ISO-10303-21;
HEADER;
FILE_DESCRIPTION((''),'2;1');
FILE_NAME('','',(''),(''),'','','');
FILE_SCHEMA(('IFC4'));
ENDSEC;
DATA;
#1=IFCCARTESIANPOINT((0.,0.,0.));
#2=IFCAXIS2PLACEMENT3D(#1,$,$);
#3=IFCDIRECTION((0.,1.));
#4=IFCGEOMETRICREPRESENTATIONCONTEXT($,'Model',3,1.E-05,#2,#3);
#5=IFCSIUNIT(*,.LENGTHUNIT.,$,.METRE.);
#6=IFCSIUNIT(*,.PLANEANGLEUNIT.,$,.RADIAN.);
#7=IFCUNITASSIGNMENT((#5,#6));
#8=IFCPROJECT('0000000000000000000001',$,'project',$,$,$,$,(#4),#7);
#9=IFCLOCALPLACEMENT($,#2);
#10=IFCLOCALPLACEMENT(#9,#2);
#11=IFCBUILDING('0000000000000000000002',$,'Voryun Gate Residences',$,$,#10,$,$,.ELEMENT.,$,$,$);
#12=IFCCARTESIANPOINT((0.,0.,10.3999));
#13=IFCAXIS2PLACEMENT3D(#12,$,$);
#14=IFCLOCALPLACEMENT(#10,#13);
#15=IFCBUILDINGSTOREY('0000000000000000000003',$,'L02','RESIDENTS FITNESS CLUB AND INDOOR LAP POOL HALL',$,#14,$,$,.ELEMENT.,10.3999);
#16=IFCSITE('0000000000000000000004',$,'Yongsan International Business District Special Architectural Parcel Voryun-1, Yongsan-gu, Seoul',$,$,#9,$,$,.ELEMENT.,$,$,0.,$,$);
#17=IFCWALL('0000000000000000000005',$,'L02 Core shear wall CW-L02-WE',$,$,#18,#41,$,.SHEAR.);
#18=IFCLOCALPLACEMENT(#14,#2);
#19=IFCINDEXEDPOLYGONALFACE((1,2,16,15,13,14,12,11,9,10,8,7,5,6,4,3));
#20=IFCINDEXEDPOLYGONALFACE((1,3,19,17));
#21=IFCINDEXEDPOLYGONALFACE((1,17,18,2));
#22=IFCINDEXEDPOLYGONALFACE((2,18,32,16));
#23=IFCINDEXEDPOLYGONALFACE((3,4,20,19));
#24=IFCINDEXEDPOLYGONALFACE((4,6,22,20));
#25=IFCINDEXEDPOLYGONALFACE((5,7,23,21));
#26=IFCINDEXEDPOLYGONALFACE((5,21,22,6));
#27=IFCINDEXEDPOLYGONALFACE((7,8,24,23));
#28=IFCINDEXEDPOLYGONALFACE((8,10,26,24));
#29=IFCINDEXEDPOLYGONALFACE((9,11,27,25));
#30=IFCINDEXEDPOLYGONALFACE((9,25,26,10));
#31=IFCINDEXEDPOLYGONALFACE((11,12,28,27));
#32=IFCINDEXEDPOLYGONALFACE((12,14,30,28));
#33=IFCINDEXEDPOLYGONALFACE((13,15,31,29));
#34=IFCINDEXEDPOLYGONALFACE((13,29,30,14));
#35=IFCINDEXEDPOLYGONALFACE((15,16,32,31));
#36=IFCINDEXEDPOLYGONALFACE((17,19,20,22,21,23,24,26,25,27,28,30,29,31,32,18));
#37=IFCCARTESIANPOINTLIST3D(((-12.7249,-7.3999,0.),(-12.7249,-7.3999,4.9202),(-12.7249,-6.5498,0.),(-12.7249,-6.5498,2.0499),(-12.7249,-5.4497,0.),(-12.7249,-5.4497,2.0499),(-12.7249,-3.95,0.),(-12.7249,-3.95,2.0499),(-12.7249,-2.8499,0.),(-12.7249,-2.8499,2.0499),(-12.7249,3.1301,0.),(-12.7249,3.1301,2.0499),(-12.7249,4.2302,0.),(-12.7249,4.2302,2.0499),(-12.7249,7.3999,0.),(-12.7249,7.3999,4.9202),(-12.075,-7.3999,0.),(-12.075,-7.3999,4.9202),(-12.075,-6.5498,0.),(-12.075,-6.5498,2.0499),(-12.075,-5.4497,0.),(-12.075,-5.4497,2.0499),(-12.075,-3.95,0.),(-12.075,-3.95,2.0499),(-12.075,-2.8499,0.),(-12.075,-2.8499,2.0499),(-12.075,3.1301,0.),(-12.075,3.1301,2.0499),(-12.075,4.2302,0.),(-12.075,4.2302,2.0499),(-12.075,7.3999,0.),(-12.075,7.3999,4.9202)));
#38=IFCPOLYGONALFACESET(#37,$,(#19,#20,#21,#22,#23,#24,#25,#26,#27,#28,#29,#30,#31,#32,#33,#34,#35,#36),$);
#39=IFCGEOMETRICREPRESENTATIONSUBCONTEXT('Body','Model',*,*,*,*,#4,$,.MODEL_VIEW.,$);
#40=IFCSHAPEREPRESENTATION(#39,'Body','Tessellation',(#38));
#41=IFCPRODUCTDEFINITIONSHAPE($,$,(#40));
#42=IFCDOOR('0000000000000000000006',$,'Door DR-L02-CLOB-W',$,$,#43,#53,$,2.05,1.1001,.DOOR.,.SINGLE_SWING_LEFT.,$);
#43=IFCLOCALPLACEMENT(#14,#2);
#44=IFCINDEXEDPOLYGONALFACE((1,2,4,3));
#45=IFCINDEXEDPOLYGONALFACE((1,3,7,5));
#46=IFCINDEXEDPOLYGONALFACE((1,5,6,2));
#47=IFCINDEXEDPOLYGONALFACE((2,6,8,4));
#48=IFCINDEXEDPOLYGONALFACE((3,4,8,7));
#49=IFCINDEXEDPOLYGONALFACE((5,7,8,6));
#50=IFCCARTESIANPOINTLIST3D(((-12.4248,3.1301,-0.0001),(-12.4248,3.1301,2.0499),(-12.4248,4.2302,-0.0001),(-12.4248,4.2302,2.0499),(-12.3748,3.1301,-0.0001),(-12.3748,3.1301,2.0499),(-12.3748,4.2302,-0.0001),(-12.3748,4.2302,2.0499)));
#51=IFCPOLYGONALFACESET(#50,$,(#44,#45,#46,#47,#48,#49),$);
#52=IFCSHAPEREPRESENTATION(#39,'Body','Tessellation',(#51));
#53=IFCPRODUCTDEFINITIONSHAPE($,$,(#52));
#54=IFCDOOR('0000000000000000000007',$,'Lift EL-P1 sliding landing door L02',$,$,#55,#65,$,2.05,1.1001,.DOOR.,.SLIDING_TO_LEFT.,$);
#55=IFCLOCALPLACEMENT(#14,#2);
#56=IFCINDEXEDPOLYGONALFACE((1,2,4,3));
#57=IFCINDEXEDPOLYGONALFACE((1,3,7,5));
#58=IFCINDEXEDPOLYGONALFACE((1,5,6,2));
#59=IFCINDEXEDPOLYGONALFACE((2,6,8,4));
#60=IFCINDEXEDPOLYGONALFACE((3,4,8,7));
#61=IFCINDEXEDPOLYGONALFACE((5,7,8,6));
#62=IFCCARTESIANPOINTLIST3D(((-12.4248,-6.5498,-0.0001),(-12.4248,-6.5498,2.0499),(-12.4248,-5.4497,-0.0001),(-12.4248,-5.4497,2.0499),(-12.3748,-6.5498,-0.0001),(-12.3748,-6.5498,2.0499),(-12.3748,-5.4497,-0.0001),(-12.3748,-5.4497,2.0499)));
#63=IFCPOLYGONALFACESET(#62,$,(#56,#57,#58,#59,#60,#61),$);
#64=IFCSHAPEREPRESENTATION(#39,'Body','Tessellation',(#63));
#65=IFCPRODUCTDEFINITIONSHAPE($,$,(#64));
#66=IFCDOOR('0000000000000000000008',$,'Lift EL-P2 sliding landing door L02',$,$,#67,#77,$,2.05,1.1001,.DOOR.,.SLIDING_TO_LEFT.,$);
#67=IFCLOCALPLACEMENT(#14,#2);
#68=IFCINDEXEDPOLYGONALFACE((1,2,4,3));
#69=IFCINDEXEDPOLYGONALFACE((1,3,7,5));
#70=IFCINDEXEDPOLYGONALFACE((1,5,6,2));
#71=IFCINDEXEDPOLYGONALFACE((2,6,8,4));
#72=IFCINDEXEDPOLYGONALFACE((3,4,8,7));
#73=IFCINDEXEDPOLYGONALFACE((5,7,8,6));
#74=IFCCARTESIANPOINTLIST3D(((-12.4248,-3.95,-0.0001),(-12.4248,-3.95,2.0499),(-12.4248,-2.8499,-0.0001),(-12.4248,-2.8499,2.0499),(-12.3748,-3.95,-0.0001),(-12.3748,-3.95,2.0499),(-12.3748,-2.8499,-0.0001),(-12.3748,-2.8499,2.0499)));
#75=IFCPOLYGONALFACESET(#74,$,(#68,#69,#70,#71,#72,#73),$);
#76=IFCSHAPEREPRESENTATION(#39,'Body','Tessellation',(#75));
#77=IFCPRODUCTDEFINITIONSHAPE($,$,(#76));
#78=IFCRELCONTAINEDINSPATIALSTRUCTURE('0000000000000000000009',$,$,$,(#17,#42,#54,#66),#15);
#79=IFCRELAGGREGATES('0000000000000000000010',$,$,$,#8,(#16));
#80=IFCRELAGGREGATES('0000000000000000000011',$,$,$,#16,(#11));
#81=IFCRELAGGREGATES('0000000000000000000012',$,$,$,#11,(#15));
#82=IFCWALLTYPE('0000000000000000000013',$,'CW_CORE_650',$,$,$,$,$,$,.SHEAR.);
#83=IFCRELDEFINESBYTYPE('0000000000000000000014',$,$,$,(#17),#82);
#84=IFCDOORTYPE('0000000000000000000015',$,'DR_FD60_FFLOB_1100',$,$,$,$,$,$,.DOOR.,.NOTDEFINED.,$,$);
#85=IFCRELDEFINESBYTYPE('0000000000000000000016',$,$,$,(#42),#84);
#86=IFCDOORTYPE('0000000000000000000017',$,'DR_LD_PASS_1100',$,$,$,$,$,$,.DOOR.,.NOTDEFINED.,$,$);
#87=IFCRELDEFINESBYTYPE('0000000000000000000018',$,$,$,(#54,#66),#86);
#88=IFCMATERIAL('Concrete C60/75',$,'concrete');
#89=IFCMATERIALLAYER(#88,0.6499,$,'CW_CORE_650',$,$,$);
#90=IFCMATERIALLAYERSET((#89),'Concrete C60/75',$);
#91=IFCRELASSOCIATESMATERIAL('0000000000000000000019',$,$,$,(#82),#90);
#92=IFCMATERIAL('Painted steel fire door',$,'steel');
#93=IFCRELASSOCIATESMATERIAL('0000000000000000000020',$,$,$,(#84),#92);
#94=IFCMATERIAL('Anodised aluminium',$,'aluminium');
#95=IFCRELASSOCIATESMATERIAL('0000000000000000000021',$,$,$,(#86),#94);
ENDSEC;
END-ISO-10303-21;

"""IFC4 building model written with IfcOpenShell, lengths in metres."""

from ifc_helpers import new_model, si_unit, direction, frame, frame_2d, origin, place, context, subcontext, project, spatial, rectangle, extrude, material, layer, layer_set, type_object, element, fill, save


model = new_model("IFC4")

# Units and contexts
model_context = context("Model", 3, precision=1e-05, world=origin(), true_north=direction((0.0, 1.0)))
body_context = subcontext(model_context, "Body", "Model", "MODEL_VIEW")
ifc_project = project(units=[si_unit("LENGTHUNIT", "METRE"), si_unit("PLANEANGLEUNIT", "RADIAN")], contexts=[model_context])

# Site, building, storey
site_placement = place(None, origin())
site = spatial("IfcSite", under=ifc_project, at=site_placement, Name="Yongsan International Business District Special Architectural Parcel Voryun-1, Yongsan-gu, Seoul", CompositionType="ELEMENT", RefElevation=0.0)
building_placement = place(site_placement, origin())
building = spatial("IfcBuilding", under=site, at=building_placement, Name="Voryun Gate Residences", CompositionType="ELEMENT")
storey_placement = place(building_placement, frame((0.0, 0.0, 10.3999)))
storey = spatial("IfcBuildingStorey", under=building, at=storey_placement, Name="L02", Description="RESIDENTS FITNESS CLUB AND INDOOR LAP POOL HALL", CompositionType="ELEMENT", Elevation=10.3999)

# Wall, openings, doors
ifc_material_1 = material(Name="Concrete C60/75", Category="concrete")
ifc_layer_1 = layer(ifc_material_1, 0.6499, Name="CW_CORE_650")
ifc_layer_set_1 = layer_set([ifc_layer_1], Name="Concrete C60/75")
wall_type = type_object("IfcWallType", Name="CW_CORE_650", PredefinedType="SHEAR", material=ifc_layer_set_1)
wall_placement = place(storey_placement, frame((-12.3999, -7.3999, 0.0), z_axis=(0.0, 0.0, 1.0), x_axis=(0.0, 1.0, 0.0)))
wall = element("IfcWall", 1, at=wall_placement, inside=storey, type_object=wall_type, Name="L02 Core shear wall CW-L02-WE", PredefinedType="SHEAR", context=body_context, shape_type="SweptSolid", body=[
    extrude(rectangle(XDim=14.7998, YDim=0.6499, at=frame_2d((7.3999, 0.0))), origin(), (0.0, 0.0, 1.0), 4.9202),
])
opening_1_placement = place(wall_placement, frame((0.8501, 0.0, 0.0)))
opening_1 = element("IfcOpeningElement", 2, at=opening_1_placement, cuts=wall, PredefinedType="OPENING", context=body_context, shape_type="SweptSolid", body=[
    extrude(rectangle(XDim=1.1001, YDim=2.05, at=frame_2d((0.55, 1.0249))), frame((0.0, 0.335, 0.0), z_axis=(0.0, -1.0, 0.0), x_axis=(1.0, 0.0, 0.0)), (0.0, 0.0, 1.0), 0.6699),
])
opening_2_placement = place(wall_placement, frame((3.45, 0.0, 0.0)))
opening_2 = element("IfcOpeningElement", 3, at=opening_2_placement, cuts=wall, PredefinedType="OPENING", context=body_context, shape_type="SweptSolid", body=[
    extrude(rectangle(XDim=1.1001, YDim=2.05, at=frame_2d((0.55, 1.0249))), frame((0.0, 0.335, 0.0), z_axis=(0.0, -1.0, 0.0), x_axis=(1.0, 0.0, 0.0)), (0.0, 0.0, 1.0), 0.6699),
])
opening_3_placement = place(wall_placement, frame((10.53, 0.0, 0.0)))
opening_3 = element("IfcOpeningElement", 4, at=opening_3_placement, cuts=wall, PredefinedType="OPENING", context=body_context, shape_type="SweptSolid", body=[
    extrude(rectangle(XDim=1.1001, YDim=2.05, at=frame_2d((0.55, 1.0249))), frame((0.0, 0.335, 0.0), z_axis=(0.0, -1.0, 0.0), x_axis=(1.0, 0.0, 0.0)), (0.0, 0.0, 1.0), 0.6699),
])
ifc_material_2 = material(Name="Painted steel fire door", Category="steel")
door_type_1 = type_object("IfcDoorType", Name="DR_FD60_FFLOB_1100", OperationType="NOTDEFINED", PredefinedType="DOOR", material=ifc_material_2)
door_1_placement = place(opening_3_placement, origin())
door_1 = element("IfcDoor", 5, at=door_1_placement, inside=storey, type_object=door_type_1, Name="Door DR-L02-CLOB-W", OperationType="SINGLE_SWING_LEFT", OverallHeight=2.05, OverallWidth=1.1001, PredefinedType="DOOR", context=body_context, shape_type="SweptSolid", body=[
    extrude(rectangle(XDim=1.1001, YDim=2.05, at=frame_2d((0.55, 1.0249))), frame((0.0, 0.0249, 0.0), z_axis=(0.0, -1.0, 0.0), x_axis=(1.0, 0.0, 0.0)), (0.0, 0.0, 1.0), 0.05),
])
fill(opening_3, door_1)
ifc_material_3 = material(Name="Anodised aluminium", Category="aluminium")
door_type_2 = type_object("IfcDoorType", Name="DR_LD_PASS_1100", OperationType="NOTDEFINED", PredefinedType="DOOR", material=ifc_material_3)
door_2_placement = place(opening_1_placement, origin())
door_2 = element("IfcDoor", 6, at=door_2_placement, inside=storey, type_object=door_type_2, Name="Lift EL-P1 sliding landing door L02", OperationType="SLIDING_TO_LEFT", OverallHeight=2.05, OverallWidth=1.1001, PredefinedType="DOOR", context=body_context, shape_type="SweptSolid", body=[
    extrude(rectangle(XDim=1.1001, YDim=2.05, at=frame_2d((0.55, 1.0249))), frame((0.0, 0.0249, 0.0), z_axis=(0.0, -1.0, 0.0), x_axis=(1.0, 0.0, 0.0)), (0.0, 0.0, 1.0), 0.05),
])
fill(opening_1, door_2)
door_3_placement = place(opening_2_placement, origin())
door_3 = element("IfcDoor", 7, at=door_3_placement, inside=storey, type_object=door_type_2, Name="Lift EL-P2 sliding landing door L02", OperationType="SLIDING_TO_LEFT", OverallHeight=2.05, OverallWidth=1.1001, PredefinedType="DOOR", context=body_context, shape_type="SweptSolid", body=[
    extrude(rectangle(XDim=1.1001, YDim=2.05, at=frame_2d((0.55, 1.0249))), frame((0.0, 0.0249, 0.0), z_axis=(0.0, -1.0, 0.0), x_axis=(1.0, 0.0, 0.0)), (0.0, 0.0, 1.0), 0.05),
])
fill(opening_2, door_3)

save(model, "model.ifc")
